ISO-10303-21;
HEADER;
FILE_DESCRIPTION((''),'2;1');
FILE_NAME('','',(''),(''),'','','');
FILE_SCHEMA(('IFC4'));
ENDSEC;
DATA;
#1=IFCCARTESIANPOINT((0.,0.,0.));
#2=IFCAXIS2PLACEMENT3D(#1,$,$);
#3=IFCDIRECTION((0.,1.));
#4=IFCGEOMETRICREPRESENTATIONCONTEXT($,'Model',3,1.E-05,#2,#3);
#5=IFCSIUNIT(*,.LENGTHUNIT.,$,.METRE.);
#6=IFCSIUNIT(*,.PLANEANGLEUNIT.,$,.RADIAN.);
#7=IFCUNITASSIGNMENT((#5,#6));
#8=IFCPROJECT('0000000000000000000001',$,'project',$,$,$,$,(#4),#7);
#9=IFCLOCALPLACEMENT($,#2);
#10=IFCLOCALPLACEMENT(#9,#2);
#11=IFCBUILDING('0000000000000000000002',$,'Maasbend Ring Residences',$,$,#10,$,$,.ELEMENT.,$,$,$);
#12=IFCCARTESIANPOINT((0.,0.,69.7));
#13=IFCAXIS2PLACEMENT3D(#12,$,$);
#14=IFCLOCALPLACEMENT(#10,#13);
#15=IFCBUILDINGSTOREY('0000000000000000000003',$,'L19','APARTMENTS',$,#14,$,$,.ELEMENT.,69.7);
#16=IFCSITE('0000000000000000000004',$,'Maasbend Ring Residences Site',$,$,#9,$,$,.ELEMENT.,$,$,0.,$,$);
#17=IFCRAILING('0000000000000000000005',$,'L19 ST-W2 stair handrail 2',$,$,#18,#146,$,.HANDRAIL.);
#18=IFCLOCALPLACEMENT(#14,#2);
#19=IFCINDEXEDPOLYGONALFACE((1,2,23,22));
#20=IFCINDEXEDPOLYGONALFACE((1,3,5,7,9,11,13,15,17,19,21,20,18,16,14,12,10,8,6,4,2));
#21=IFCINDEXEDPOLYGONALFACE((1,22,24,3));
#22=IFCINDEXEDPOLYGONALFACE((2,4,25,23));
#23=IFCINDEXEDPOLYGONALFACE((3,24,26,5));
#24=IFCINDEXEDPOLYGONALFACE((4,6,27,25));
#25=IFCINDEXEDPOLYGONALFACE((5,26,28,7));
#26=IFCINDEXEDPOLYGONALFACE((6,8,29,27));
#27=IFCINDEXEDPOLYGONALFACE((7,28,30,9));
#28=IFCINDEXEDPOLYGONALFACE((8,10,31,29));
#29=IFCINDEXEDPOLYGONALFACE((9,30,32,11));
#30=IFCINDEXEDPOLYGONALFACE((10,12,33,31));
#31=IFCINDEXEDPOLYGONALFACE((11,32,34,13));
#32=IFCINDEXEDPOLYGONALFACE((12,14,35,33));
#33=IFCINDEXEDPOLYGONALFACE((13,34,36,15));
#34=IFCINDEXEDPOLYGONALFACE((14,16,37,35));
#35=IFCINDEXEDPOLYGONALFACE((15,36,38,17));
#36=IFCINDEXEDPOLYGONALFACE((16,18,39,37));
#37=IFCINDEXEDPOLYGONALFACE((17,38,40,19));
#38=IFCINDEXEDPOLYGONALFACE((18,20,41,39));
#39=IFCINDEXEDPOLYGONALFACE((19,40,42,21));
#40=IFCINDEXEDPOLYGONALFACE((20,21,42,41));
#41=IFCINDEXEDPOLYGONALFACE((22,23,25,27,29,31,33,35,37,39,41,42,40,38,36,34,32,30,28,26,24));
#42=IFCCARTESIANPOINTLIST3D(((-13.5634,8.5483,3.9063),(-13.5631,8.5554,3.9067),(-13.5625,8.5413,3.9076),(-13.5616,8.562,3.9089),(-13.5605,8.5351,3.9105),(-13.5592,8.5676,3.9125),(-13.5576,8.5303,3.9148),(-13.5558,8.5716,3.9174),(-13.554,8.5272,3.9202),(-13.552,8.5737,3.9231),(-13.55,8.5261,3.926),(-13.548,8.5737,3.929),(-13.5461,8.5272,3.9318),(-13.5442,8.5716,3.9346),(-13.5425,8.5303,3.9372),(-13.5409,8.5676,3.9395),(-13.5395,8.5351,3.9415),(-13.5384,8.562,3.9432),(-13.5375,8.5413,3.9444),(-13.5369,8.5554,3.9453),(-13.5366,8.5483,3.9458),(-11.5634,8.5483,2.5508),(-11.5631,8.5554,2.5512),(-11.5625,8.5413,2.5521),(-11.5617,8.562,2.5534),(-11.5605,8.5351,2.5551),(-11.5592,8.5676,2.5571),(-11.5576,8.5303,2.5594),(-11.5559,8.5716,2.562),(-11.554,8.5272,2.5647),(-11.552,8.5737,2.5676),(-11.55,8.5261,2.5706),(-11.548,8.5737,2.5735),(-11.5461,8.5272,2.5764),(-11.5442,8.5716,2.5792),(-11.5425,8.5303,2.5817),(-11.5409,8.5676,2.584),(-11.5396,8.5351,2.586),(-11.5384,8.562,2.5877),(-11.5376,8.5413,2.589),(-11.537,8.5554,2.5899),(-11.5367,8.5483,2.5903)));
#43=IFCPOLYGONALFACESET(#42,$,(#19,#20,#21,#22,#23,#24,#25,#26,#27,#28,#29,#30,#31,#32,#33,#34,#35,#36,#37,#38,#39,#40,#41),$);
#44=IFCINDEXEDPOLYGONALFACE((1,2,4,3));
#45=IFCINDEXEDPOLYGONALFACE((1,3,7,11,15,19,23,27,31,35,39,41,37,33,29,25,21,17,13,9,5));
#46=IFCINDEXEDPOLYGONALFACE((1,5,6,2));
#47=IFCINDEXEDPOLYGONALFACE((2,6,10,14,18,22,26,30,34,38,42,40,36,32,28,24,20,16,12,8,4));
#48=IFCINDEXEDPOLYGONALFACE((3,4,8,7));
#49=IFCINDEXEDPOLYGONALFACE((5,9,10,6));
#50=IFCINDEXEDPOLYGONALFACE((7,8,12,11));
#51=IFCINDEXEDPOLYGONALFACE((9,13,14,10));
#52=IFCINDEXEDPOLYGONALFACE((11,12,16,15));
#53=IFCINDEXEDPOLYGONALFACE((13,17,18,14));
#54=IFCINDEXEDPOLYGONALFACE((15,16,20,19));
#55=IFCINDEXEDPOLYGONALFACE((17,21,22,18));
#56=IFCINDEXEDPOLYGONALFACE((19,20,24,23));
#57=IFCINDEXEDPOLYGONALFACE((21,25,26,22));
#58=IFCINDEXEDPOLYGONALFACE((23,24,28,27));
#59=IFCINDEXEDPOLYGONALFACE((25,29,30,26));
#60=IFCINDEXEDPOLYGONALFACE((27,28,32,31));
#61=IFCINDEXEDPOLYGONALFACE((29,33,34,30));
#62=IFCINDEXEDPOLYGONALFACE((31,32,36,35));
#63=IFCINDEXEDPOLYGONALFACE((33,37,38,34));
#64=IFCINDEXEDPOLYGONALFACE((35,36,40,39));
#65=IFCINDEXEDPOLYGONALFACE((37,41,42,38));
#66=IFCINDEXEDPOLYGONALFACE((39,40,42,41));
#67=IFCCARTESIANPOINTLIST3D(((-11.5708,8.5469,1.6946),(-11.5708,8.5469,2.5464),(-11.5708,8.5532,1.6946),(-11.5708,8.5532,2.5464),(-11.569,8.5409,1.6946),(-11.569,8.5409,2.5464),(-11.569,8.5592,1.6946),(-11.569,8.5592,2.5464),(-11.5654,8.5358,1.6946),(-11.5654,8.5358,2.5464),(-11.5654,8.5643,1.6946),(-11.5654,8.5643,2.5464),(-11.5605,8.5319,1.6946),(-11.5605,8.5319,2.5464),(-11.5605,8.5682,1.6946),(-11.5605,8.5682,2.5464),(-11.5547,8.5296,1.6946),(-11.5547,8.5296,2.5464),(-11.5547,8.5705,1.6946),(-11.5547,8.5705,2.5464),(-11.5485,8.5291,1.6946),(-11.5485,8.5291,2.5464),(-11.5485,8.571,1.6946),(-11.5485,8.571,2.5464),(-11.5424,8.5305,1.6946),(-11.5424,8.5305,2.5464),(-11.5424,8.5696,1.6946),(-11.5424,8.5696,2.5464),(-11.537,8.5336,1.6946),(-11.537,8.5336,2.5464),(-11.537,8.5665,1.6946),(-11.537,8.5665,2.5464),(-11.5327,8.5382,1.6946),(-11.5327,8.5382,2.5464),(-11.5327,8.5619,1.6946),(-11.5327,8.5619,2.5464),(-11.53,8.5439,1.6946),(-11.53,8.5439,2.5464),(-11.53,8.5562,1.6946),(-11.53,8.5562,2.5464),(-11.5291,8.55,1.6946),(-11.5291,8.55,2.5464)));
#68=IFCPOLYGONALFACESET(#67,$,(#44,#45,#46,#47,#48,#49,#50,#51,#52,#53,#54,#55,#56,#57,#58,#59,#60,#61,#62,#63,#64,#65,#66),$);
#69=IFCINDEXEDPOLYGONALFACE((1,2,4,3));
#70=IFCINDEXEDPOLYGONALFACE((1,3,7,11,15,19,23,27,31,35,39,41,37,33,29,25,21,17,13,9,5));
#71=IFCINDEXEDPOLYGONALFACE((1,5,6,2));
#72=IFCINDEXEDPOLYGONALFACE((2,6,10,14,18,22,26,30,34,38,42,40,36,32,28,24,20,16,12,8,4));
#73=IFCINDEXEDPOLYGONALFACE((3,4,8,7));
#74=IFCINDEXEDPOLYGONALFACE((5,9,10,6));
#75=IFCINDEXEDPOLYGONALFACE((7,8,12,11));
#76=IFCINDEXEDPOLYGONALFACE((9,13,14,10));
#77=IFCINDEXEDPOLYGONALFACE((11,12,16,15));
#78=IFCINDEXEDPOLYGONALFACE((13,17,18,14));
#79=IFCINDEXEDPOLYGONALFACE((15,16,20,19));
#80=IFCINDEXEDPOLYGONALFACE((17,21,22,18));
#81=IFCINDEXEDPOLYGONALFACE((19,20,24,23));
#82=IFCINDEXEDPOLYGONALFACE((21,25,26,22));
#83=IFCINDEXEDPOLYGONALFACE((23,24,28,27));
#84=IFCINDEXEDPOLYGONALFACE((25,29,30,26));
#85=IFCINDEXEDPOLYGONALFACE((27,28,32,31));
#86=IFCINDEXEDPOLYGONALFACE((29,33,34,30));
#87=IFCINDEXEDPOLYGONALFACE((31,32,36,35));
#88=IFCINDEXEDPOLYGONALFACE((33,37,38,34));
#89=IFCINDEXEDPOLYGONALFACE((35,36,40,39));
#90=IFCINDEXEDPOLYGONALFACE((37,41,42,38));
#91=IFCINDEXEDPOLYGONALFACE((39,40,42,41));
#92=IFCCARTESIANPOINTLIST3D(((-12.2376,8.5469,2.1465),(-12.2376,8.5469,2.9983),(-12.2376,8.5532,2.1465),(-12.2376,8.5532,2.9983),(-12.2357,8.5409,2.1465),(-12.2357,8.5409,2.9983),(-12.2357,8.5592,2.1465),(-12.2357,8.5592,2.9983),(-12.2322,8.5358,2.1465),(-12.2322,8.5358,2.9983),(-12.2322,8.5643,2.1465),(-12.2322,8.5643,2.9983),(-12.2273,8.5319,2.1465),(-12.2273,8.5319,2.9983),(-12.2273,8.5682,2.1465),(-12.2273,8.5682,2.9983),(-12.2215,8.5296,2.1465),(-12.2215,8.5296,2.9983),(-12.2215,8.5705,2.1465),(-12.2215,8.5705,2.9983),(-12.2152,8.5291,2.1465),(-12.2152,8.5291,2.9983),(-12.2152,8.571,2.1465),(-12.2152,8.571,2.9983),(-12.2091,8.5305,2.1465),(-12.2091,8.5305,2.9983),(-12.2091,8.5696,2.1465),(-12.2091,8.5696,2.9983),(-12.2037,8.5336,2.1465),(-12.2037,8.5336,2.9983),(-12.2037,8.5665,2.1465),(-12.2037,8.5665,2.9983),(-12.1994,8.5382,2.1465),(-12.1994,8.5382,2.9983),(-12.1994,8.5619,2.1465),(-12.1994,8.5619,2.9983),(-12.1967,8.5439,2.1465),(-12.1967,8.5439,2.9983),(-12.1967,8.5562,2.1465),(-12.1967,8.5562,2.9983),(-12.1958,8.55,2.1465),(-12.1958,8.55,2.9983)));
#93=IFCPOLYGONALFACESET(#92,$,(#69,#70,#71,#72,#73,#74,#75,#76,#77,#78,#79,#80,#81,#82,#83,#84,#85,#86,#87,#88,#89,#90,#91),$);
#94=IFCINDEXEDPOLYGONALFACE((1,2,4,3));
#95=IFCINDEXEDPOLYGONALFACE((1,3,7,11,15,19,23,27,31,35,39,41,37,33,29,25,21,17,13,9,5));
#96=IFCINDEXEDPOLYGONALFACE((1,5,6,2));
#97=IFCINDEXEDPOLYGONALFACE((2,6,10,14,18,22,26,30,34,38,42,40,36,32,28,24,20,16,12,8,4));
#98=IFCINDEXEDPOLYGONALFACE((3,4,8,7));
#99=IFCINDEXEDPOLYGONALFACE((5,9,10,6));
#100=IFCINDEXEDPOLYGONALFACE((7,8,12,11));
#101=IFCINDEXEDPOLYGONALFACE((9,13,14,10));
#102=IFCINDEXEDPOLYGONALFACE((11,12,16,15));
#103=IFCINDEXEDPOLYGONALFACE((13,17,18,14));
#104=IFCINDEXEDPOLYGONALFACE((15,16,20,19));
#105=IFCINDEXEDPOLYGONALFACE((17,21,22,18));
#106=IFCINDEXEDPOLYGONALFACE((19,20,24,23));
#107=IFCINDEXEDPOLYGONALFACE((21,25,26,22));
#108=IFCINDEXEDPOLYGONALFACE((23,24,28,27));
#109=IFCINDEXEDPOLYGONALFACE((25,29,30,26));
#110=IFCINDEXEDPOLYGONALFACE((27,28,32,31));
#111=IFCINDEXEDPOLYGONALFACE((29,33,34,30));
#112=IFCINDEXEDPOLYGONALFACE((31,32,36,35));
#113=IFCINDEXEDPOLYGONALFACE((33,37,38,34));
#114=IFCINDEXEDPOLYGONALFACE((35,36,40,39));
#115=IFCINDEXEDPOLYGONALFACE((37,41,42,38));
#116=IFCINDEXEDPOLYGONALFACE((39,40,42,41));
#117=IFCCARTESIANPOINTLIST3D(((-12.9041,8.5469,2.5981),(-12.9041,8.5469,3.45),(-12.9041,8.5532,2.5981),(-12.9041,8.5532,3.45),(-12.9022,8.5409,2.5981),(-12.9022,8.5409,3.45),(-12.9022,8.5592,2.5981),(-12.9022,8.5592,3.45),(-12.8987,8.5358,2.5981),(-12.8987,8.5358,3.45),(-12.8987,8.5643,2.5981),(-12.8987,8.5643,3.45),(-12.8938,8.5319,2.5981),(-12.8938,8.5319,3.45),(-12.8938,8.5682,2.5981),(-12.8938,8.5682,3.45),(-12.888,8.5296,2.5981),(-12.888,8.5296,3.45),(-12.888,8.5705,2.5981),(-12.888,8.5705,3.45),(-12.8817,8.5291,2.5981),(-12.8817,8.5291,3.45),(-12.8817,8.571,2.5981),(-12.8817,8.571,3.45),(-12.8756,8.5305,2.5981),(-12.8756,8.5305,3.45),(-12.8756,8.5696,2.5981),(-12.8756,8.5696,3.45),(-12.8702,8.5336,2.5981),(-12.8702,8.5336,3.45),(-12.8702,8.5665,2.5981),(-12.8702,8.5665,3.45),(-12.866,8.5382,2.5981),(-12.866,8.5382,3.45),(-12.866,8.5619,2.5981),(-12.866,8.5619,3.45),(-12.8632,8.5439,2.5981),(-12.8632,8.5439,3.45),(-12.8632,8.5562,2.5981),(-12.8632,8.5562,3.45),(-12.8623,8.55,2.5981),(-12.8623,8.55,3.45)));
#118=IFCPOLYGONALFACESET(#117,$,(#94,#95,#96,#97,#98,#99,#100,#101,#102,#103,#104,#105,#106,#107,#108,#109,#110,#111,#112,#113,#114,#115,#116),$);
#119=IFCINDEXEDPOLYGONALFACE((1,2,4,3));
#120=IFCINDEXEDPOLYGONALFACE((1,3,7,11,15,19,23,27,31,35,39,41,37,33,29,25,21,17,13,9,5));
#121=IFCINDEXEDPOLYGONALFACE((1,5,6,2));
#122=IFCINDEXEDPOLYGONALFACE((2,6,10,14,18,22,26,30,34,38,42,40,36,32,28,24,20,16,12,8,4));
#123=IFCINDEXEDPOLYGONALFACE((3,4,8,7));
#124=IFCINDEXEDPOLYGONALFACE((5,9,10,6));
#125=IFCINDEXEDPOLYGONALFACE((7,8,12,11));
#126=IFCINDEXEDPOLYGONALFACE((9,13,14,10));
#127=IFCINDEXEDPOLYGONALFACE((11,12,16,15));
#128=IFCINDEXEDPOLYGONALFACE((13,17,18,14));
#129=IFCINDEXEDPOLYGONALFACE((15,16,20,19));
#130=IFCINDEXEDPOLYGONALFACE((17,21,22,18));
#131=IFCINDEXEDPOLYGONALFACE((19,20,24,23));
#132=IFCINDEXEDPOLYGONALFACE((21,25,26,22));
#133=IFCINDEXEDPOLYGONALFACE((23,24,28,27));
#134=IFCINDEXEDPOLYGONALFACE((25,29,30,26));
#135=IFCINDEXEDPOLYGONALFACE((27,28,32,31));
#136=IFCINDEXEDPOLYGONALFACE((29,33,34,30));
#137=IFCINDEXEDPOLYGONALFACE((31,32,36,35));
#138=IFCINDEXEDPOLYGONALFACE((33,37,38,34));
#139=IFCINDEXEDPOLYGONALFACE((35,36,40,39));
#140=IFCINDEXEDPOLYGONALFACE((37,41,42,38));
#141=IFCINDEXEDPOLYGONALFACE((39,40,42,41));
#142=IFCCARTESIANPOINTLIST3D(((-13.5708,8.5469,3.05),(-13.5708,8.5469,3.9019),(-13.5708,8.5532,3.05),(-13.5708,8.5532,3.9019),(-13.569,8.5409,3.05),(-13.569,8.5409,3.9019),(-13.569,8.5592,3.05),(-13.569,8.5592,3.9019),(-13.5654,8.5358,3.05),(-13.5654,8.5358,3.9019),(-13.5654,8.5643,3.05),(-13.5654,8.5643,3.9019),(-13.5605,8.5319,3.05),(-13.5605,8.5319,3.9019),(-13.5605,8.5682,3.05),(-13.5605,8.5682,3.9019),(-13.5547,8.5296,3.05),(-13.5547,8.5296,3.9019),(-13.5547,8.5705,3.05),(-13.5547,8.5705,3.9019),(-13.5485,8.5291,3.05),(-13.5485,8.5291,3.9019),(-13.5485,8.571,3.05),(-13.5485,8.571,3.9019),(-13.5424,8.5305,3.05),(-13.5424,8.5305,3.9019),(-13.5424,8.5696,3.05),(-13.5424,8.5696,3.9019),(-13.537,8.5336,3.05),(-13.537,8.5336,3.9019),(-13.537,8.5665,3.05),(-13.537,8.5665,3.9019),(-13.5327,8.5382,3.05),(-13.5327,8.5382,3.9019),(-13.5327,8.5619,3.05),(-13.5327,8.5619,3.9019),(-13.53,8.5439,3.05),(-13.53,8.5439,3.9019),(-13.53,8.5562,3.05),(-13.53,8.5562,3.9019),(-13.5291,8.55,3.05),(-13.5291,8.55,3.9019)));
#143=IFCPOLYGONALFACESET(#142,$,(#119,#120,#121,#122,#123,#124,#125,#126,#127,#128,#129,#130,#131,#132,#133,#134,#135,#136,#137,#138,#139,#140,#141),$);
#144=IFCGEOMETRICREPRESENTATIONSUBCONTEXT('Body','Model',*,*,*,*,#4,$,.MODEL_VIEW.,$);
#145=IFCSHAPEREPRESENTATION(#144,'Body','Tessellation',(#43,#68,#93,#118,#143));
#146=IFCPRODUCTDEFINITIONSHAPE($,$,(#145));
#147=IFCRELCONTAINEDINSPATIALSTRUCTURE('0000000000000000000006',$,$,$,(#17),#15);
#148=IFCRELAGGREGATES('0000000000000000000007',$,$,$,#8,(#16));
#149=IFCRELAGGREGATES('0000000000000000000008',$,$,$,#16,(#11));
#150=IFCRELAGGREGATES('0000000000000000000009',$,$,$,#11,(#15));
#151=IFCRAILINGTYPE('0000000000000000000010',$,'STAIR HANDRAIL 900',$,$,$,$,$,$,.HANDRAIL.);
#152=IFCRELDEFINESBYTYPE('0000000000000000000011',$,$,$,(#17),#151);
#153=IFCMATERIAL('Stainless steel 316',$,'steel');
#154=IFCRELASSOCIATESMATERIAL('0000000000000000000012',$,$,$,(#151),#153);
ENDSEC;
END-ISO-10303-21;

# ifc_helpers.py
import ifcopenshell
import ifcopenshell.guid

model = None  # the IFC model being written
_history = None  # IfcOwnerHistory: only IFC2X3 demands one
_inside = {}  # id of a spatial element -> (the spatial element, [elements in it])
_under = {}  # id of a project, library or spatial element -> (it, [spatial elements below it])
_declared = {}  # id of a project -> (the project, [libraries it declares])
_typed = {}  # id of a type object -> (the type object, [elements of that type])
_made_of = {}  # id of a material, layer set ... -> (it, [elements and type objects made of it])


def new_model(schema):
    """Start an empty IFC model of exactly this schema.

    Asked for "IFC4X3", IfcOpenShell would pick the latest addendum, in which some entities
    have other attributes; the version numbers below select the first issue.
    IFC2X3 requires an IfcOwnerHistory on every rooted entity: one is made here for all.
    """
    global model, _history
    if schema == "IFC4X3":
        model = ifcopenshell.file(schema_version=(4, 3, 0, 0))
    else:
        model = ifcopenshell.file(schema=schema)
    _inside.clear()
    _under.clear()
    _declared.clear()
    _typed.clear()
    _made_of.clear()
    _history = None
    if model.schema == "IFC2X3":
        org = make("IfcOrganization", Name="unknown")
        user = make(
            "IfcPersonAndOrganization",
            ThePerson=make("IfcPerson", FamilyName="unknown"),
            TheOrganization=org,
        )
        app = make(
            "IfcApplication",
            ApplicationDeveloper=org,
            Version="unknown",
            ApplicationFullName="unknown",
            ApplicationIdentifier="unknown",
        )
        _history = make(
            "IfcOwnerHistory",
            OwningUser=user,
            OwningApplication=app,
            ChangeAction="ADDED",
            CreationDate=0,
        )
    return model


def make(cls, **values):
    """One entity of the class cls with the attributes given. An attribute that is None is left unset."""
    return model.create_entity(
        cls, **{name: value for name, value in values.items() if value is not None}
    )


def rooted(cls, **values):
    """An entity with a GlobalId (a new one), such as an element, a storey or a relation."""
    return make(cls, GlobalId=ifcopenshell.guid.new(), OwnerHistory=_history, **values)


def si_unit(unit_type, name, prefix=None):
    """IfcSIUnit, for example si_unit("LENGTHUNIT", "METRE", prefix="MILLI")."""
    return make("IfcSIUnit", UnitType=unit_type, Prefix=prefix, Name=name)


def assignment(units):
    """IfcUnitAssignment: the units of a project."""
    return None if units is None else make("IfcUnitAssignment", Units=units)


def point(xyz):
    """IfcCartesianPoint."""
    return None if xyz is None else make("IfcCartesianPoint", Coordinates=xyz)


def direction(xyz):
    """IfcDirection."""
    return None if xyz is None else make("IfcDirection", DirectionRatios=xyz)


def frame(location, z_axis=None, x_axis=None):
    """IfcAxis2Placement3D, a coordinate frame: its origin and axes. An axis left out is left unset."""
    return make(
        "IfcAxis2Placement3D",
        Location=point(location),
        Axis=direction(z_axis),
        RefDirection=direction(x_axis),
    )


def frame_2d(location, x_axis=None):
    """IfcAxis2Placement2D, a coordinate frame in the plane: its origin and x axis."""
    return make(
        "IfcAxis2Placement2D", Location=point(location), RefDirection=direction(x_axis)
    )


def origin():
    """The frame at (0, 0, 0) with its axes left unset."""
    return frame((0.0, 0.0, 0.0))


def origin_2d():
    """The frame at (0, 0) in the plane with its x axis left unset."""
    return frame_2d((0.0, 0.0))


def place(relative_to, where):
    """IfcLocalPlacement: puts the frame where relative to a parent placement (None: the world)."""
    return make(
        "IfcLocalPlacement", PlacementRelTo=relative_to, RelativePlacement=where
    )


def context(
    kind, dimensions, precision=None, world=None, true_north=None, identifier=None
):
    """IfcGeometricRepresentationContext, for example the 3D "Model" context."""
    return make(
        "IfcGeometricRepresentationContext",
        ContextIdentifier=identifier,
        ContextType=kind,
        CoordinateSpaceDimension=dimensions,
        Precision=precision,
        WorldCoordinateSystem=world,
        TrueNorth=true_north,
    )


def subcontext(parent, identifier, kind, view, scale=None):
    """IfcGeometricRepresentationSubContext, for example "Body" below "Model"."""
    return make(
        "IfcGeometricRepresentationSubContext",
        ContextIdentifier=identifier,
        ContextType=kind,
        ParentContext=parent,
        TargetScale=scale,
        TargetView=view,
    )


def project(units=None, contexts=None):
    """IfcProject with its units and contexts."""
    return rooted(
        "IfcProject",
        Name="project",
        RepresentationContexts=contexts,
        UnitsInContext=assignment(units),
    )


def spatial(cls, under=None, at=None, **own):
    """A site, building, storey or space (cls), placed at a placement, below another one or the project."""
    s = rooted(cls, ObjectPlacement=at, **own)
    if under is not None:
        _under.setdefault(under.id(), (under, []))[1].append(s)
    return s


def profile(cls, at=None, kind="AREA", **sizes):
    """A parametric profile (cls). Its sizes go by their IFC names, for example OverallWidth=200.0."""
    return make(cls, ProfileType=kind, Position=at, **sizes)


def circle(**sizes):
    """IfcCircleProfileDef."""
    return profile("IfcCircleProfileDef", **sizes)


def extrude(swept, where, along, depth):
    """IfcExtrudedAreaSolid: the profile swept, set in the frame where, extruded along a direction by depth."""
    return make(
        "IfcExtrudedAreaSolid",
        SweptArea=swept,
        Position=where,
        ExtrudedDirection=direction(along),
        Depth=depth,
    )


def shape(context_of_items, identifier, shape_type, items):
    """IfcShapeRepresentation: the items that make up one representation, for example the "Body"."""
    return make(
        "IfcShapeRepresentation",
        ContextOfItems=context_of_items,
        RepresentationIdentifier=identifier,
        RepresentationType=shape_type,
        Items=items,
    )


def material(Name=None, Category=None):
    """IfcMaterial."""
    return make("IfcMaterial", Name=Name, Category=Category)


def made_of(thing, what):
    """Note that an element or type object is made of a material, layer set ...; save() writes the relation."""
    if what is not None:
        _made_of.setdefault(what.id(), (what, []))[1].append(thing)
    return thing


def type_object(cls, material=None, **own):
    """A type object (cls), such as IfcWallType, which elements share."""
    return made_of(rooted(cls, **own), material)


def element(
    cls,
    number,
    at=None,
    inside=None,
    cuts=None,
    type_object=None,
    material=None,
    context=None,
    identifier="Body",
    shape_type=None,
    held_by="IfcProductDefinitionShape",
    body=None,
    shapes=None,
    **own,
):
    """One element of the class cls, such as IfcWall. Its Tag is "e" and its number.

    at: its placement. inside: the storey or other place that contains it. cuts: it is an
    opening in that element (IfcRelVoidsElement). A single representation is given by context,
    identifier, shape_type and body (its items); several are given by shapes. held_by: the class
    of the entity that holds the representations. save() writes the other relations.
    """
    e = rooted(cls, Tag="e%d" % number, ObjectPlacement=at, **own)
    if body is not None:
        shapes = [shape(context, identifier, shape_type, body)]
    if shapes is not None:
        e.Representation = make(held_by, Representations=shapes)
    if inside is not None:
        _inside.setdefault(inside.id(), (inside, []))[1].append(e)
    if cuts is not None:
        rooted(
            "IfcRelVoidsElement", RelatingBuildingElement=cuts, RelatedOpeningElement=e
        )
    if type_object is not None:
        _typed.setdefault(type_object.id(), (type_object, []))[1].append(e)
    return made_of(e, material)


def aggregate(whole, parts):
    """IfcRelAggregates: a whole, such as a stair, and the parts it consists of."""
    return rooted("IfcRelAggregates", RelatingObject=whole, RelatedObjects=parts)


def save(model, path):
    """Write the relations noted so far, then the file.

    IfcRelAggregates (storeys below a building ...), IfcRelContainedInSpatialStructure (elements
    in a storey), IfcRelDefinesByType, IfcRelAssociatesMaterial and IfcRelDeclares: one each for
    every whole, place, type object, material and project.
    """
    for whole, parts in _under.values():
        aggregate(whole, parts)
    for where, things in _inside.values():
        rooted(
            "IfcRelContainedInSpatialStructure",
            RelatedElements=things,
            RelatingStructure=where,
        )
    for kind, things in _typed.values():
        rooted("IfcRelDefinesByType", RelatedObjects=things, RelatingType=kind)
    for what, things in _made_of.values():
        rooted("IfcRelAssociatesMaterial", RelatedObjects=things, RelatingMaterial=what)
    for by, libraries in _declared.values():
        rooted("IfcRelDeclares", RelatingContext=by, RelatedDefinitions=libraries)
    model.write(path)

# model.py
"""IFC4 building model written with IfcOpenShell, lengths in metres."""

from ifc_helpers import new_model, si_unit, direction, frame, origin, origin_2d, place, context, subcontext, project, spatial, circle, extrude, material, type_object, element, save


model = new_model("IFC4")

# Units and contexts
model_context = context("Model", 3, precision=1e-05, world=origin(), true_north=direction((0.0, 1.0)))
body_context = subcontext(model_context, "Body", "Model", "MODEL_VIEW")
ifc_project = project(units=[si_unit("LENGTHUNIT", "METRE"), si_unit("PLANEANGLEUNIT", "RADIAN")], contexts=[model_context])

# Site, building, storey
site_placement = place(None, origin())
site = spatial("IfcSite", under=ifc_project, at=site_placement, Name="Maasbend Ring Residences Site", CompositionType="ELEMENT", RefElevation=0.0)
building_placement = place(site_placement, origin())
building = spatial("IfcBuilding", under=site, at=building_placement, Name="Maasbend Ring Residences", CompositionType="ELEMENT")
storey_placement = place(building_placement, frame((0.0, 0.0, 69.7)))
storey = spatial("IfcBuildingStorey", under=building, at=storey_placement, Name="L19", Description="APARTMENTS", CompositionType="ELEMENT", Elevation=69.7)

# Railing
ifc_material_1 = material(Name="Stainless steel 316", Category="steel")
railing_type_1 = type_object("IfcRailingType", Name="STAIR HANDRAIL 900", PredefinedType="HANDRAIL", material=ifc_material_1)
railing_1_placement = place(storey_placement, frame((-11.55, 8.55, 1.6946)))
element("IfcRailing", 1, at=railing_1_placement, inside=storey, type_object=railing_type_1, Name="L19 ST-W2 stair handrail 2", PredefinedType="HANDRAIL", context=body_context, shape_type="SweptSolid", body=[
    extrude(circle(Radius=0.0239, at=origin_2d()), frame((0.0, 0.0, 0.876), z_axis=(-0.827798, 0.0, 0.561027), x_axis=(0.0, -1.0, 0.0)), (0.0, 0.0, 1.0), 2.416),
    extrude(circle(Radius=0.021, at=origin_2d()), origin(), (0.0, 0.0, 1.0), 0.8518),
    extrude(circle(Radius=0.021, at=origin_2d()), frame((-0.6667, 0.0, 0.4519)), (0.0, 0.0, 1.0), 0.8518),
    extrude(circle(Radius=0.021, at=origin_2d()), frame((-1.3333, 0.0, 0.9036)), (0.0, 0.0, 1.0), 0.8518),
    extrude(circle(Radius=0.021, at=origin_2d()), frame((-2.0, 0.0, 1.3555)), (0.0, 0.0, 1.0), 0.8518),
])

save(model, "model.ifc")
